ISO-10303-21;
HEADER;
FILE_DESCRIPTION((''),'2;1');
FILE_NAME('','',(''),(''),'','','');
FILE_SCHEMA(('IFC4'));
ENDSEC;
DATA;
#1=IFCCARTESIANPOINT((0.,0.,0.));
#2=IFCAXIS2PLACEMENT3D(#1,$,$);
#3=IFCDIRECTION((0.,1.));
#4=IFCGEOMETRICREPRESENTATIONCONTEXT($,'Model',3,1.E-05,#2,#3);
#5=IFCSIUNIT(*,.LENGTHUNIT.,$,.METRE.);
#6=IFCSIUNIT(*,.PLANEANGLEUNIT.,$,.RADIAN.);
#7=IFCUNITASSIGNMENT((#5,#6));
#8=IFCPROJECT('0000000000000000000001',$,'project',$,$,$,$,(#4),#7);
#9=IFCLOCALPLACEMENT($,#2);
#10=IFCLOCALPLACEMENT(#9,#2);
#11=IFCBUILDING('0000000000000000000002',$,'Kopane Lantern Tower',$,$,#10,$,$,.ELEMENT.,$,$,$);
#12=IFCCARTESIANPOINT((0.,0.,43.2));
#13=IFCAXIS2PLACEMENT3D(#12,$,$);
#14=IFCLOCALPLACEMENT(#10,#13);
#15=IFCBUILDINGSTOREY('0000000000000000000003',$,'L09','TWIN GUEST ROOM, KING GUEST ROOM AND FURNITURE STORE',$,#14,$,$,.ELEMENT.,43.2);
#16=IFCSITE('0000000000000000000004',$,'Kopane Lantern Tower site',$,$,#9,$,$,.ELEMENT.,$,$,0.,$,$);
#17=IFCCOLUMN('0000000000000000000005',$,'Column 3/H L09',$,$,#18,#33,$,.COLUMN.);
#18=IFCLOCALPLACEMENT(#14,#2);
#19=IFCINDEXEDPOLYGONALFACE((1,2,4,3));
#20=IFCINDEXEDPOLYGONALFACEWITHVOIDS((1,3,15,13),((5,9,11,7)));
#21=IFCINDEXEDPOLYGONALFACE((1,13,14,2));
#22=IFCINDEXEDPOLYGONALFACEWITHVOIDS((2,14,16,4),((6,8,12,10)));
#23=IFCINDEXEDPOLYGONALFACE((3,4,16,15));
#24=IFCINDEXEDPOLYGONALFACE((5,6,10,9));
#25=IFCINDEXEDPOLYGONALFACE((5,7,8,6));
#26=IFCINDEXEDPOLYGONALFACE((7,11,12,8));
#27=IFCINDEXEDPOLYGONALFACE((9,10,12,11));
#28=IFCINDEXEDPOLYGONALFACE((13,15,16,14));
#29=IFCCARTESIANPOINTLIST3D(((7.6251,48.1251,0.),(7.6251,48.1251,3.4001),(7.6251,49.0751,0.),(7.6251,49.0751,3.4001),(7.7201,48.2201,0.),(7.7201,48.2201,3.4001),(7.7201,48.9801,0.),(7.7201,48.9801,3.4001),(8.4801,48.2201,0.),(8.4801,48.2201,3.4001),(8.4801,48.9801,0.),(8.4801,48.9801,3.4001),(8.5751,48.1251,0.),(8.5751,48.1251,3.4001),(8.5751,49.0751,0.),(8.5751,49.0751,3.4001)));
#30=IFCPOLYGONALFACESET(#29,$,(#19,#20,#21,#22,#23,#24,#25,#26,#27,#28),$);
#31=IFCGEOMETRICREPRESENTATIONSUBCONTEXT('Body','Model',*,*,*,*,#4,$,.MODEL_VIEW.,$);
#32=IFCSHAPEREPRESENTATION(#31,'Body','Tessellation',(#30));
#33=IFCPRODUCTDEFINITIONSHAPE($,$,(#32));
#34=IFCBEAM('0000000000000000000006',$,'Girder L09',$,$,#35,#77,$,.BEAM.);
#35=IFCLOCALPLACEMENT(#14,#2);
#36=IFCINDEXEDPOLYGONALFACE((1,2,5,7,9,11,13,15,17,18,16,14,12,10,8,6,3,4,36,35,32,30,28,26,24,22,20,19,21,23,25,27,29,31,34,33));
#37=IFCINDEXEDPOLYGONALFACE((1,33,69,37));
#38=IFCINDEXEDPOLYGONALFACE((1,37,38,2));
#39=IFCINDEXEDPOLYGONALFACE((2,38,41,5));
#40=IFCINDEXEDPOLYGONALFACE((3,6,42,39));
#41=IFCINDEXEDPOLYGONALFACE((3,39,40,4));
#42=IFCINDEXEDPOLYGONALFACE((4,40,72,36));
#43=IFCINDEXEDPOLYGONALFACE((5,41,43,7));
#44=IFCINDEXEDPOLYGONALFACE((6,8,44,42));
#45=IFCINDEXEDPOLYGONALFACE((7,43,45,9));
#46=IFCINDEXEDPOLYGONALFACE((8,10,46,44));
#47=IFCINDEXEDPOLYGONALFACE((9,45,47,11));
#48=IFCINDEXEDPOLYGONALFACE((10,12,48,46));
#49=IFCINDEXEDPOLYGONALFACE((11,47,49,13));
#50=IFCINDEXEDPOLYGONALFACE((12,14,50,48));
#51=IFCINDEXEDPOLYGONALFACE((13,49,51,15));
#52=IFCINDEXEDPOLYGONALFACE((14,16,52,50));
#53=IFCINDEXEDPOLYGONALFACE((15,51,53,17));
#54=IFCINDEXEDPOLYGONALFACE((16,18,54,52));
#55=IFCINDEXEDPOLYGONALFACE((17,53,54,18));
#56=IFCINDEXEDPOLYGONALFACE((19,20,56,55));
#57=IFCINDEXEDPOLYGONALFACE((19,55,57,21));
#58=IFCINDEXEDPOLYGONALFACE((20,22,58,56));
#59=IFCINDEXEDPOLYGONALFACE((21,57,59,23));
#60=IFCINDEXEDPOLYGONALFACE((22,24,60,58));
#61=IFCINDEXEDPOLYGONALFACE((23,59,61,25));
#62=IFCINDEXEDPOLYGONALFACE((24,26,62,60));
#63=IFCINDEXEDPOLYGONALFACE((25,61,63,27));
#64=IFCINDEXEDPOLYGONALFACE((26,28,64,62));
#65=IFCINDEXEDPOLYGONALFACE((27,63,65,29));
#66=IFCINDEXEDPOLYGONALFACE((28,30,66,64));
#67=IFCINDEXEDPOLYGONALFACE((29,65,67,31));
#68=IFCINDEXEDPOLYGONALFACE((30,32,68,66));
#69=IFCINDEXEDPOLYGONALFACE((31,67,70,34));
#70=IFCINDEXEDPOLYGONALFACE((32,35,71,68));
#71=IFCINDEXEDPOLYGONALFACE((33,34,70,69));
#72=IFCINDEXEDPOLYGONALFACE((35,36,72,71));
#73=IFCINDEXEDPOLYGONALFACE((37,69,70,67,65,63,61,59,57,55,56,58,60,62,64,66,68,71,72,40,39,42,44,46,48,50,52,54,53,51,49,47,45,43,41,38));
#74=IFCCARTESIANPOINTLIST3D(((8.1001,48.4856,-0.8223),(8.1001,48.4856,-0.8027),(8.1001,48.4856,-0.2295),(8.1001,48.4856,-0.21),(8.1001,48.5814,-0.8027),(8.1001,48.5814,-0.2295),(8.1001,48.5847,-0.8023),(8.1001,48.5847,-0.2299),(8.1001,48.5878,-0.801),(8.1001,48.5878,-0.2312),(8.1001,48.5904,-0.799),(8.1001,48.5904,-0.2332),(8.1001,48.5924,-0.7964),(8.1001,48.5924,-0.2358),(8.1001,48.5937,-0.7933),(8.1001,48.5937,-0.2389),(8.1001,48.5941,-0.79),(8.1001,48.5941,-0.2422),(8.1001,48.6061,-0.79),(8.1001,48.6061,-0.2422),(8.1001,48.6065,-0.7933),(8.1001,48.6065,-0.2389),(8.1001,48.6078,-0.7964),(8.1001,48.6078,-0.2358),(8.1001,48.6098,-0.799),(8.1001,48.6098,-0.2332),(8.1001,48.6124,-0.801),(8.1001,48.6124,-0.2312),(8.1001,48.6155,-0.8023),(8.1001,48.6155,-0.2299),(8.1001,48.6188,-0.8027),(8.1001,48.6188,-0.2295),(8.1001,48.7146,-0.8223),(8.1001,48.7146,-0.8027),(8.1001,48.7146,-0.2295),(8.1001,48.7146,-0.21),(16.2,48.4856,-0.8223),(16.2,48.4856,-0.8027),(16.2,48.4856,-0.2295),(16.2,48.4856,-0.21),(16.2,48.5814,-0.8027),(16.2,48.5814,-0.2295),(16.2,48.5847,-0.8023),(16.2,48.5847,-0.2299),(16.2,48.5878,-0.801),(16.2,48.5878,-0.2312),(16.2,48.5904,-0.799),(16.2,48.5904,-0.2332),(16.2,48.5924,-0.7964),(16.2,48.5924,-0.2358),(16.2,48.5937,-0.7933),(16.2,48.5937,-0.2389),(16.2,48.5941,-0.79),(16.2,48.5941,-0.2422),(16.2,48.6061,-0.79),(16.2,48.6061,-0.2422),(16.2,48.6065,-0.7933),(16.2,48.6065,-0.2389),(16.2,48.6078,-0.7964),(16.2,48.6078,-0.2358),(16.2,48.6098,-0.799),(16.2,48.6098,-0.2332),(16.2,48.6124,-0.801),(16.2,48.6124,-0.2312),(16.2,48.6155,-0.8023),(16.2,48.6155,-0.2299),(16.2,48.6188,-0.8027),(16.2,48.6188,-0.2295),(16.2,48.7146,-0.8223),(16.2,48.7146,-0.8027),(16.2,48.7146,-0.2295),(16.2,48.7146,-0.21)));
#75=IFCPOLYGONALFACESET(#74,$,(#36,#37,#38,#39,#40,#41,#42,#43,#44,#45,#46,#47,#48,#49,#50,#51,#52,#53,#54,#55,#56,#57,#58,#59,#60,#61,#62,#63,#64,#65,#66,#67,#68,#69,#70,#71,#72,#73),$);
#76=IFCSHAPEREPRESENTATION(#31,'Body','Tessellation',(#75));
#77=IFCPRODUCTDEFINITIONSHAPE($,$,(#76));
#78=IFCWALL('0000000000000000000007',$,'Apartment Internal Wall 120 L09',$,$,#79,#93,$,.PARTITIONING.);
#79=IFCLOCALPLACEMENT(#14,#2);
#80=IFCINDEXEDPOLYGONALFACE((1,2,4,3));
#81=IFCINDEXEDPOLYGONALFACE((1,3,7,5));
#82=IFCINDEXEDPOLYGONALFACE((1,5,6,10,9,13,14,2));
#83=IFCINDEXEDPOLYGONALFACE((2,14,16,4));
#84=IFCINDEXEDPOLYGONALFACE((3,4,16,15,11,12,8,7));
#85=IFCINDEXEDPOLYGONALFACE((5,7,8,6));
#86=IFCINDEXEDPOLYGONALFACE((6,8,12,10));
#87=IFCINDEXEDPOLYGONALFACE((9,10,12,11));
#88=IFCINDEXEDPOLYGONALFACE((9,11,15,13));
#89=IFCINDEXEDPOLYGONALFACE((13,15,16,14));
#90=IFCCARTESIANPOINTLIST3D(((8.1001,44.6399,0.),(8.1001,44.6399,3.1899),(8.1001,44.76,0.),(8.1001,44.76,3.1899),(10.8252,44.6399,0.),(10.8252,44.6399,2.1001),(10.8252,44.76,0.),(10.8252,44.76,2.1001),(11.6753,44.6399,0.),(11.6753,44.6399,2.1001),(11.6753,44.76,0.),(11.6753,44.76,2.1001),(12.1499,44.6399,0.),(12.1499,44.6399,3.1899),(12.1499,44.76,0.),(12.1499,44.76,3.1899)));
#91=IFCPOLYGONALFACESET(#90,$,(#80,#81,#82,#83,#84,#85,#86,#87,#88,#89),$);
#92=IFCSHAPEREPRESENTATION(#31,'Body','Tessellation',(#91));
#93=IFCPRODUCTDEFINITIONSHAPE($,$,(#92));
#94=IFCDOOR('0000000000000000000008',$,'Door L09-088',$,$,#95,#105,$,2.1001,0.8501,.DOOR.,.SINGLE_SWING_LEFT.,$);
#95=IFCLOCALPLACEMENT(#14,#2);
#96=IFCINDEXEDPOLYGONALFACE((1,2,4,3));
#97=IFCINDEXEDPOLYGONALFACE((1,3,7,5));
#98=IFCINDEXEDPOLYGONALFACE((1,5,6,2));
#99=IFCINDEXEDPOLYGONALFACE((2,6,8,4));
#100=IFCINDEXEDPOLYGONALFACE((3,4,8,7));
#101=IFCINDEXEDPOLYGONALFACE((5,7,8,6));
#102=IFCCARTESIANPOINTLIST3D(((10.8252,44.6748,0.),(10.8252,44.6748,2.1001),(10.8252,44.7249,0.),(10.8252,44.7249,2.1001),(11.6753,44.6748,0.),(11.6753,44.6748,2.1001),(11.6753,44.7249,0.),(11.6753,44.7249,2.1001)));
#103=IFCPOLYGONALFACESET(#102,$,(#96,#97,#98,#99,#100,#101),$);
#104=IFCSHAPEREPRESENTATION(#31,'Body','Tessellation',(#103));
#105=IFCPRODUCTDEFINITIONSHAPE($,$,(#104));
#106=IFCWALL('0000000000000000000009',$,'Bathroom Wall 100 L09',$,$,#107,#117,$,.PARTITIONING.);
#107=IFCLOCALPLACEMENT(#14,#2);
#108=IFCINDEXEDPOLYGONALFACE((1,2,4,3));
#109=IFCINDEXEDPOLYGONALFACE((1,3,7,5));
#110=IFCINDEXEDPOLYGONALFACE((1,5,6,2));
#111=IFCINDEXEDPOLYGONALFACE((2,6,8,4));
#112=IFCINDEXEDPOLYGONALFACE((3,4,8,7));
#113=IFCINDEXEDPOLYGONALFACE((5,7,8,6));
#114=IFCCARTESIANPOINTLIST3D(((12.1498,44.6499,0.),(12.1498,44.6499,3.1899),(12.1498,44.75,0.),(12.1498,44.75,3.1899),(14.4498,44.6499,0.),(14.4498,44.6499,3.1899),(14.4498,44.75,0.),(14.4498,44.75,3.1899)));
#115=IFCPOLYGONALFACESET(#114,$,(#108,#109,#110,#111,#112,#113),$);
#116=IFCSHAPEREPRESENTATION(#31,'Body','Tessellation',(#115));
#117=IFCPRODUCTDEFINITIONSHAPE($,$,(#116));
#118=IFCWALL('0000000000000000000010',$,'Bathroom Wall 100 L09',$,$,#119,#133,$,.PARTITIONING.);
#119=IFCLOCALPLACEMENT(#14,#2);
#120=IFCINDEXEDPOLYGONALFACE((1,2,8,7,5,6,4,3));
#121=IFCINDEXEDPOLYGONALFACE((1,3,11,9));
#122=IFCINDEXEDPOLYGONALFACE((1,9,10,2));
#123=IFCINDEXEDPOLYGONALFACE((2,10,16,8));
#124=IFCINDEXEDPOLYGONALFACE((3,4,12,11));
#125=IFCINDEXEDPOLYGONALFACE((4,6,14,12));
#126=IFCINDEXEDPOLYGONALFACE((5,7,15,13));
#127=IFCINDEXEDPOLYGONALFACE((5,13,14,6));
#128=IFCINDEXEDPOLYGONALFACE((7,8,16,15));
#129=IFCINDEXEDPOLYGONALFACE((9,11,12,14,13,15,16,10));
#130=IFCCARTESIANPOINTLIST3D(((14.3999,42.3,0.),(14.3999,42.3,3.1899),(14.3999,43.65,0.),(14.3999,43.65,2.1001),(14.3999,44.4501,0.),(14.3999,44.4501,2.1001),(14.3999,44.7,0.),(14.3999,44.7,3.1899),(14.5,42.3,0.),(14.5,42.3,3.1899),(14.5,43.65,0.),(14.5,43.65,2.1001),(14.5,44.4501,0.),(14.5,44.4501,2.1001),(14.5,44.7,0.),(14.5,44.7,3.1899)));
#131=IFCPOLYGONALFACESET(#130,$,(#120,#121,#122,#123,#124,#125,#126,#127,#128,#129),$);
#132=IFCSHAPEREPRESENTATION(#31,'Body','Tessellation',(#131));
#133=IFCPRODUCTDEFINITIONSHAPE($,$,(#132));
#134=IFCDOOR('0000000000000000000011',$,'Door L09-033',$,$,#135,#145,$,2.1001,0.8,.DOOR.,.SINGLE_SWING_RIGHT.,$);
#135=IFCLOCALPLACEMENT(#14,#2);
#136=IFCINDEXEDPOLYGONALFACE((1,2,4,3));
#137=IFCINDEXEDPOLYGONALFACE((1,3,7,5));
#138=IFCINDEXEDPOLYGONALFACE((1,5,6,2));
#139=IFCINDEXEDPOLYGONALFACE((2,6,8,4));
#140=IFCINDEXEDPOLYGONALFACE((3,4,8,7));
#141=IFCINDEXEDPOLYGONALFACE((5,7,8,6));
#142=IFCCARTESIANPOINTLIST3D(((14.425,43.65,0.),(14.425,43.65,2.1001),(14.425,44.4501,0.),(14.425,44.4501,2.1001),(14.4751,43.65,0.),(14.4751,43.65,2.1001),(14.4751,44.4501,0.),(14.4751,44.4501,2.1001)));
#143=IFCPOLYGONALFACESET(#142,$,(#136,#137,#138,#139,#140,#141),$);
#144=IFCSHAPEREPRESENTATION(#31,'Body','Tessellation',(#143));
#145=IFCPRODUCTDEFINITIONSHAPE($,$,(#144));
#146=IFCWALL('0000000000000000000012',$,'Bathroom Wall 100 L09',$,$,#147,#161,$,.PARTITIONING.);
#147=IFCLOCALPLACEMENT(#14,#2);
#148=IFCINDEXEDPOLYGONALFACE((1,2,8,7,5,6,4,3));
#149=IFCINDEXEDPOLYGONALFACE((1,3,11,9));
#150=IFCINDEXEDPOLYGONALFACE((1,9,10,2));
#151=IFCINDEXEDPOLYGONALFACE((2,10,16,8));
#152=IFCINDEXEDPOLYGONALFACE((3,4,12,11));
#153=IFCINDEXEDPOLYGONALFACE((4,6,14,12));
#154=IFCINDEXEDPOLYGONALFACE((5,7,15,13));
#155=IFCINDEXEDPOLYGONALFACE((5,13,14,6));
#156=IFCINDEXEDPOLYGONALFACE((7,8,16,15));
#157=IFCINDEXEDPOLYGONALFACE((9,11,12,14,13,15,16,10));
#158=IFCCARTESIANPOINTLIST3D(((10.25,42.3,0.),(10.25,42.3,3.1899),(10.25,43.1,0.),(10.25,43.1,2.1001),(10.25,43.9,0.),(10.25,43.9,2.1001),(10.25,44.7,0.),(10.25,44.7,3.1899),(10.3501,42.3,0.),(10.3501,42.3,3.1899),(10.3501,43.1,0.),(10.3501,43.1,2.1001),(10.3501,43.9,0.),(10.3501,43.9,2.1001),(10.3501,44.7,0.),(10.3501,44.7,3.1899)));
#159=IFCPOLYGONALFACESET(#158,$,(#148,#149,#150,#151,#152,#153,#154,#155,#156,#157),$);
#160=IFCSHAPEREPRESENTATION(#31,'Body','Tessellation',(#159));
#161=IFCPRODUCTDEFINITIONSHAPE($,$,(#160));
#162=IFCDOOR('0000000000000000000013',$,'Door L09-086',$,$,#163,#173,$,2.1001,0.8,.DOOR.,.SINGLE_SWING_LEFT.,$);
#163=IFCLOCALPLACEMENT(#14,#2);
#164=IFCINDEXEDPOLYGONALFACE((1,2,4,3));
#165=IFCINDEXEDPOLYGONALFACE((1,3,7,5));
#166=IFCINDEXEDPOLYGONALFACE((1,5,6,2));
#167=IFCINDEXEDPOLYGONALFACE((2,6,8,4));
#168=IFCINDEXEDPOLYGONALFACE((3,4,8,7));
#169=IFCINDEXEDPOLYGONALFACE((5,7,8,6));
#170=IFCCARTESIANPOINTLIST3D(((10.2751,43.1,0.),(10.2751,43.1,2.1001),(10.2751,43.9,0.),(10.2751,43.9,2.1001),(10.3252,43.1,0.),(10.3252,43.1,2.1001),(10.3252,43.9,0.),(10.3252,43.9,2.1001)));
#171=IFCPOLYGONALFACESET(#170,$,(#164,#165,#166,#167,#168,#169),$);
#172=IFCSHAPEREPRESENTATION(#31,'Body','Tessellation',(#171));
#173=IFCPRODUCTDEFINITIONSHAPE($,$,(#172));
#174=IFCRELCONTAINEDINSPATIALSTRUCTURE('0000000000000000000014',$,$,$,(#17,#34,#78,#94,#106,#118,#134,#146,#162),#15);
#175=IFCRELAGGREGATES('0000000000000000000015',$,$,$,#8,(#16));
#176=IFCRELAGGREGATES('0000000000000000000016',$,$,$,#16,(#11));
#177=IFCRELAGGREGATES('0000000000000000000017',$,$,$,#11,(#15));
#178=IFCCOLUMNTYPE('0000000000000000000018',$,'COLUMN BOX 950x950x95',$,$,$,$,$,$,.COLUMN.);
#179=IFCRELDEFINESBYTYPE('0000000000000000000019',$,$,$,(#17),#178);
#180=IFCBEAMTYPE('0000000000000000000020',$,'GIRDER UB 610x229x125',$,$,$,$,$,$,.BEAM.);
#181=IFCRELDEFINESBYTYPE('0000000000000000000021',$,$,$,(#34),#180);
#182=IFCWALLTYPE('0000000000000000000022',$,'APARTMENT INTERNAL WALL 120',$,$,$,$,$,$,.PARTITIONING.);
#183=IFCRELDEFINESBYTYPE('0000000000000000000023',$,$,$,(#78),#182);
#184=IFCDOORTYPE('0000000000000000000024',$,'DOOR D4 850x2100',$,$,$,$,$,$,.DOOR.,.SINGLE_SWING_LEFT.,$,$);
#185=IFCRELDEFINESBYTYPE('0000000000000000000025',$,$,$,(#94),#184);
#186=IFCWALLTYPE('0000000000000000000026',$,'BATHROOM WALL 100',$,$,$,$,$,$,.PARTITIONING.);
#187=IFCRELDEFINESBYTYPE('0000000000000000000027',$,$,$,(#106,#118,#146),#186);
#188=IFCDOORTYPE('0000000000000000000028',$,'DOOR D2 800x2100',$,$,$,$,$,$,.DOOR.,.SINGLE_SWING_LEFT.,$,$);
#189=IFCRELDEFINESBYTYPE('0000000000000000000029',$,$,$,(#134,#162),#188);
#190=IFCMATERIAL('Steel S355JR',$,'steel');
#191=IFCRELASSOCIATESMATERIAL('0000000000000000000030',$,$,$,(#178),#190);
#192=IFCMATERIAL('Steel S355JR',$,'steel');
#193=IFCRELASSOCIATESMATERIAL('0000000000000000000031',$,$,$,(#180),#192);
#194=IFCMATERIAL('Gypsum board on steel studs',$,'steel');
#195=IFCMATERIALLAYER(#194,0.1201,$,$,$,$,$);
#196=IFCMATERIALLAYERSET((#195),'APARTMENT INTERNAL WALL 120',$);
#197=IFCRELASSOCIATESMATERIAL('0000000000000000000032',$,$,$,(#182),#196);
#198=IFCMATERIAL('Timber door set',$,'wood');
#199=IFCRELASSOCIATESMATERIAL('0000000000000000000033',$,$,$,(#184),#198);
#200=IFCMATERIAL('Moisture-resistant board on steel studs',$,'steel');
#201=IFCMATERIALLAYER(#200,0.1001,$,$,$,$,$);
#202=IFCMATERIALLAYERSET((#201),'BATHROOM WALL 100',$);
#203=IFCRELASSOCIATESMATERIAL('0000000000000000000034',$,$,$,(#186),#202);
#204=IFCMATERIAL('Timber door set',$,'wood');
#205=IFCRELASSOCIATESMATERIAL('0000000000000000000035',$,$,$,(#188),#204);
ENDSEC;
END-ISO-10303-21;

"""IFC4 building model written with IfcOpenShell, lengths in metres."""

from ifc_helpers import new_model, si_unit, direction, frame, frame_2d, origin, origin_2d, place, context, subcontext, project, spatial, rectangle, hollow_rectangle, i_section, extrude, material, layer, layer_set, material_profile, profile_set, type_object, element, fill, save


model = new_model("IFC4")

# Units and contexts
model_context = context("Model", 3, precision=1e-05, world=origin(), true_north=direction((0.0, 1.0)))
body_context = subcontext(model_context, "Body", "Model", "MODEL_VIEW")
ifc_project = project(units=[si_unit("LENGTHUNIT", "METRE"), si_unit("PLANEANGLEUNIT", "RADIAN")], contexts=[model_context])

# Site, building, storey
site_placement = place(None, origin())
site = spatial("IfcSite", under=ifc_project, at=site_placement, Name="Kopane Lantern Tower site", CompositionType="ELEMENT", RefElevation=0.0)
building_placement = place(site_placement, origin())
building = spatial("IfcBuilding", under=site, at=building_placement, Name="Kopane Lantern Tower", CompositionType="ELEMENT")
storey_placement = place(building_placement, frame((0.0, 0.0, 43.2)))
storey = spatial("IfcBuildingStorey", under=building, at=storey_placement, Name="L09", Description="TWIN GUEST ROOM, KING GUEST ROOM AND FURNITURE STORE", CompositionType="ELEMENT", Elevation=43.2)

# Column
ifc_material_1 = material(Name="Steel S355JR", Category="steel")
ifc_material_profile_1 = material_profile(ifc_material_1, hollow_rectangle(XDim=0.95, YDim=0.95, WallThickness=0.095, at=origin_2d()), Name="BOX 950x950x95")
ifc_profile_set_1 = profile_set([ifc_material_profile_1], Name="Steel S355JR")
column_type = type_object("IfcColumnType", Name="COLUMN BOX 950x950x95", PredefinedType="COLUMN", material=ifc_profile_set_1)
column_placement = place(storey_placement, frame((8.1001, 48.6001, 0.0), z_axis=(0.0, 0.0, 1.0), x_axis=(1.0, 0.0, 0.0)))
element("IfcColumn", 1, at=column_placement, inside=storey, type_object=column_type, Name="Column 3/H L09", PredefinedType="COLUMN", context=body_context, shape_type="SweptSolid", body=[
    extrude(hollow_rectangle(XDim=0.95, YDim=0.95, WallThickness=0.095, at=origin_2d()), origin(), (0.0, 0.0, 1.0), 3.4001),
])

# Beam
ifc_material_2 = material(Name="Steel S355JR", Category="steel")
ifc_material_profile_2 = material_profile(ifc_material_2, i_section(OverallWidth=0.229, OverallDepth=0.6123, WebThickness=0.012, FlangeThickness=0.0195, FilletRadius=0.0127, at=origin_2d()), Name="UB 610x229x125")
ifc_profile_set_2 = profile_set([ifc_material_profile_2], Name="Steel S355JR")
beam_type = type_object("IfcBeamType", Name="GIRDER UB 610x229x125", PredefinedType="BEAM", material=ifc_profile_set_2)
beam_placement = place(storey_placement, frame((8.1001, 48.6001, -0.5161), z_axis=(1.0, 0.0, 0.0), x_axis=(0.0, 1.0, 0.0)))
element("IfcBeam", 2, at=beam_placement, inside=storey, type_object=beam_type, Name="Girder L09", PredefinedType="BEAM", context=body_context, shape_type="SweptSolid", body=[
    extrude(i_section(OverallWidth=0.229, OverallDepth=0.6123, WebThickness=0.012, FlangeThickness=0.0195, FilletRadius=0.0127, at=origin_2d()), origin(), (0.0, 0.0, 1.0), 8.0999),
])

# Wall, opening, door
ifc_material_3 = material(Name="Gypsum board on steel studs", Category="steel")
ifc_layer_1 = layer(ifc_material_3, 0.1201)
ifc_layer_set_1 = layer_set([ifc_layer_1], Name="APARTMENT INTERNAL WALL 120")
wall_type_1 = type_object("IfcWallType", Name="APARTMENT INTERNAL WALL 120", PredefinedType="PARTITIONING", material=ifc_layer_set_1)
wall_1_placement = place(storey_placement, frame((8.1001, 44.7, 0.0), z_axis=(0.0, 0.0, 1.0), x_axis=(1.0, 0.0, 0.0)))
wall_1 = element("IfcWall", 3, at=wall_1_placement, inside=storey, type_object=wall_type_1, Name="Apartment Internal Wall 120 L09", PredefinedType="PARTITIONING", context=body_context, shape_type="SweptSolid", body=[
    extrude(rectangle(XDim=4.0498, YDim=0.1201, at=frame_2d((2.0249, 0.0))), origin(), (0.0, 0.0, 1.0), 3.1899),
])
opening_1_placement = place(wall_1_placement, frame((2.7251, 0.0, 0.0)))
opening_1 = element("IfcOpeningElement", 4, at=opening_1_placement, cuts=wall_1, PredefinedType="OPENING", context=body_context, shape_type="SweptSolid", body=[
    extrude(rectangle(XDim=0.8501, YDim=2.1001, at=frame_2d((0.425, 1.05))), frame((0.0, 0.0701, 0.0), z_axis=(0.0, -1.0, 0.0), x_axis=(1.0, 0.0, 0.0)), (0.0, 0.0, 1.0), 0.1401),
])
ifc_material_4 = material(Name="Timber door set", Category="wood")
door_type_1 = type_object("IfcDoorType", Name="DOOR D4 850x2100", OperationType="SINGLE_SWING_LEFT", PredefinedType="DOOR", material=ifc_material_4)
door_1_placement = place(opening_1_placement, origin())
door_1 = element("IfcDoor", 5, at=door_1_placement, inside=storey, type_object=door_type_1, Name="Door L09-088", OperationType="SINGLE_SWING_LEFT", OverallHeight=2.1001, OverallWidth=0.8501, PredefinedType="DOOR", context=body_context, shape_type="SweptSolid", body=[
    extrude(rectangle(XDim=0.8501, YDim=2.1001, at=frame_2d((0.425, 1.05))), frame((0.0, 0.0249, 0.0), z_axis=(0.0, -1.0, 0.0), x_axis=(1.0, 0.0, 0.0)), (0.0, 0.0, 1.0), 0.05),
])
fill(opening_1, door_1)

# Wall
ifc_material_5 = material(Name="Moisture-resistant board on steel studs", Category="steel")
ifc_layer_2 = layer(ifc_material_5, 0.1001)
ifc_layer_set_2 = layer_set([ifc_layer_2], Name="BATHROOM WALL 100")
wall_type_2 = type_object("IfcWallType", Name="BATHROOM WALL 100", PredefinedType="PARTITIONING", material=ifc_layer_set_2)
wall_2_placement = place(storey_placement, frame((12.1499, 44.7, 0.0), z_axis=(0.0, 0.0, 1.0), x_axis=(1.0, 0.0, 0.0)))
element("IfcWall", 6, at=wall_2_placement, inside=storey, type_object=wall_type_2, Name="Bathroom Wall 100 L09", PredefinedType="PARTITIONING", context=body_context, shape_type="SweptSolid", body=[
    extrude(rectangle(XDim=2.3, YDim=0.1001, at=frame_2d((1.1499, 0.0))), origin(), (0.0, 0.0, 1.0), 3.1899),
])

# Walls, openings, doors
wall_3_placement = place(storey_placement, frame((14.45, 42.3, 0.0), z_axis=(0.0, 0.0, 1.0), x_axis=(0.0, 1.0, 0.0)))
wall_3 = element("IfcWall", 7, at=wall_3_placement, inside=storey, type_object=wall_type_2, Name="Bathroom Wall 100 L09", PredefinedType="PARTITIONING", context=body_context, shape_type="SweptSolid", body=[
    extrude(rectangle(XDim=2.3999, YDim=0.1001, at=frame_2d((1.2, 0.0))), origin(), (0.0, 0.0, 1.0), 3.1899),
])
opening_2_placement = place(wall_3_placement, frame((1.3501, 0.0, 0.0)))
opening_2 = element("IfcOpeningElement", 8, at=opening_2_placement, cuts=wall_3, PredefinedType="OPENING", context=body_context, shape_type="SweptSolid", body=[
    extrude(rectangle(XDim=0.8, YDim=2.1001, at=frame_2d((0.3999, 1.05))), frame((0.0, 0.0601, 0.0), z_axis=(0.0, -1.0, 0.0), x_axis=(1.0, 0.0, 0.0)), (0.0, 0.0, 1.0), 0.1201),
])
ifc_material_6 = material(Name="Timber door set", Category="wood")
door_type_2 = type_object("IfcDoorType", Name="DOOR D2 800x2100", OperationType="SINGLE_SWING_LEFT", PredefinedType="DOOR", material=ifc_material_6)
door_2_placement = place(opening_2_placement, origin())
door_2 = element("IfcDoor", 9, at=door_2_placement, inside=storey, type_object=door_type_2, Name="Door L09-033", OperationType="SINGLE_SWING_RIGHT", OverallHeight=2.1001, OverallWidth=0.8, PredefinedType="DOOR", context=body_context, shape_type="SweptSolid", body=[
    extrude(rectangle(XDim=0.8, YDim=2.1001, at=frame_2d((0.3999, 1.05))), frame((0.0, 0.0249, 0.0), z_axis=(0.0, -1.0, 0.0), x_axis=(1.0, 0.0, 0.0)), (0.0, 0.0, 1.0), 0.05),
])
fill(opening_2, door_2)
wall_4_placement = place(storey_placement, frame((10.3, 42.3, 0.0), z_axis=(0.0, 0.0, 1.0), x_axis=(0.0, 1.0, 0.0)))
wall_4 = element("IfcWall", 10, at=wall_4_placement, inside=storey, type_object=wall_type_2, Name="Bathroom Wall 100 L09", PredefinedType="PARTITIONING", context=body_context, shape_type="SweptSolid", body=[
    extrude(rectangle(XDim=2.3999, YDim=0.1001, at=frame_2d((1.2, 0.0))), origin(), (0.0, 0.0, 1.0), 3.1899),
])
opening_3_placement = place(wall_4_placement, frame((0.8, 0.0, 0.0)))
opening_3 = element("IfcOpeningElement", 11, at=opening_3_placement, cuts=wall_4, PredefinedType="OPENING", context=body_context, shape_type="SweptSolid", body=[
    extrude(rectangle(XDim=0.8, YDim=2.1001, at=frame_2d((0.3999, 1.05))), frame((0.0, 0.0601, 0.0), z_axis=(0.0, -1.0, 0.0), x_axis=(1.0, 0.0, 0.0)), (0.0, 0.0, 1.0), 0.1201),
])
door_3_placement = place(opening_3_placement, origin())
door_3 = element("IfcDoor", 12, at=door_3_placement, inside=storey, type_object=door_type_2, Name="Door L09-086", OperationType="SINGLE_SWING_LEFT", OverallHeight=2.1001, OverallWidth=0.8, PredefinedType="DOOR", context=body_context, shape_type="SweptSolid", body=[
    extrude(rectangle(XDim=0.8, YDim=2.1001, at=frame_2d((0.3999, 1.05))), frame((0.0, 0.0249, 0.0), z_axis=(0.0, -1.0, 0.0), x_axis=(1.0, 0.0, 0.0)), (0.0, 0.0, 1.0), 0.05),
])
fill(opening_3, door_3)

save(model, "model.ifc")
